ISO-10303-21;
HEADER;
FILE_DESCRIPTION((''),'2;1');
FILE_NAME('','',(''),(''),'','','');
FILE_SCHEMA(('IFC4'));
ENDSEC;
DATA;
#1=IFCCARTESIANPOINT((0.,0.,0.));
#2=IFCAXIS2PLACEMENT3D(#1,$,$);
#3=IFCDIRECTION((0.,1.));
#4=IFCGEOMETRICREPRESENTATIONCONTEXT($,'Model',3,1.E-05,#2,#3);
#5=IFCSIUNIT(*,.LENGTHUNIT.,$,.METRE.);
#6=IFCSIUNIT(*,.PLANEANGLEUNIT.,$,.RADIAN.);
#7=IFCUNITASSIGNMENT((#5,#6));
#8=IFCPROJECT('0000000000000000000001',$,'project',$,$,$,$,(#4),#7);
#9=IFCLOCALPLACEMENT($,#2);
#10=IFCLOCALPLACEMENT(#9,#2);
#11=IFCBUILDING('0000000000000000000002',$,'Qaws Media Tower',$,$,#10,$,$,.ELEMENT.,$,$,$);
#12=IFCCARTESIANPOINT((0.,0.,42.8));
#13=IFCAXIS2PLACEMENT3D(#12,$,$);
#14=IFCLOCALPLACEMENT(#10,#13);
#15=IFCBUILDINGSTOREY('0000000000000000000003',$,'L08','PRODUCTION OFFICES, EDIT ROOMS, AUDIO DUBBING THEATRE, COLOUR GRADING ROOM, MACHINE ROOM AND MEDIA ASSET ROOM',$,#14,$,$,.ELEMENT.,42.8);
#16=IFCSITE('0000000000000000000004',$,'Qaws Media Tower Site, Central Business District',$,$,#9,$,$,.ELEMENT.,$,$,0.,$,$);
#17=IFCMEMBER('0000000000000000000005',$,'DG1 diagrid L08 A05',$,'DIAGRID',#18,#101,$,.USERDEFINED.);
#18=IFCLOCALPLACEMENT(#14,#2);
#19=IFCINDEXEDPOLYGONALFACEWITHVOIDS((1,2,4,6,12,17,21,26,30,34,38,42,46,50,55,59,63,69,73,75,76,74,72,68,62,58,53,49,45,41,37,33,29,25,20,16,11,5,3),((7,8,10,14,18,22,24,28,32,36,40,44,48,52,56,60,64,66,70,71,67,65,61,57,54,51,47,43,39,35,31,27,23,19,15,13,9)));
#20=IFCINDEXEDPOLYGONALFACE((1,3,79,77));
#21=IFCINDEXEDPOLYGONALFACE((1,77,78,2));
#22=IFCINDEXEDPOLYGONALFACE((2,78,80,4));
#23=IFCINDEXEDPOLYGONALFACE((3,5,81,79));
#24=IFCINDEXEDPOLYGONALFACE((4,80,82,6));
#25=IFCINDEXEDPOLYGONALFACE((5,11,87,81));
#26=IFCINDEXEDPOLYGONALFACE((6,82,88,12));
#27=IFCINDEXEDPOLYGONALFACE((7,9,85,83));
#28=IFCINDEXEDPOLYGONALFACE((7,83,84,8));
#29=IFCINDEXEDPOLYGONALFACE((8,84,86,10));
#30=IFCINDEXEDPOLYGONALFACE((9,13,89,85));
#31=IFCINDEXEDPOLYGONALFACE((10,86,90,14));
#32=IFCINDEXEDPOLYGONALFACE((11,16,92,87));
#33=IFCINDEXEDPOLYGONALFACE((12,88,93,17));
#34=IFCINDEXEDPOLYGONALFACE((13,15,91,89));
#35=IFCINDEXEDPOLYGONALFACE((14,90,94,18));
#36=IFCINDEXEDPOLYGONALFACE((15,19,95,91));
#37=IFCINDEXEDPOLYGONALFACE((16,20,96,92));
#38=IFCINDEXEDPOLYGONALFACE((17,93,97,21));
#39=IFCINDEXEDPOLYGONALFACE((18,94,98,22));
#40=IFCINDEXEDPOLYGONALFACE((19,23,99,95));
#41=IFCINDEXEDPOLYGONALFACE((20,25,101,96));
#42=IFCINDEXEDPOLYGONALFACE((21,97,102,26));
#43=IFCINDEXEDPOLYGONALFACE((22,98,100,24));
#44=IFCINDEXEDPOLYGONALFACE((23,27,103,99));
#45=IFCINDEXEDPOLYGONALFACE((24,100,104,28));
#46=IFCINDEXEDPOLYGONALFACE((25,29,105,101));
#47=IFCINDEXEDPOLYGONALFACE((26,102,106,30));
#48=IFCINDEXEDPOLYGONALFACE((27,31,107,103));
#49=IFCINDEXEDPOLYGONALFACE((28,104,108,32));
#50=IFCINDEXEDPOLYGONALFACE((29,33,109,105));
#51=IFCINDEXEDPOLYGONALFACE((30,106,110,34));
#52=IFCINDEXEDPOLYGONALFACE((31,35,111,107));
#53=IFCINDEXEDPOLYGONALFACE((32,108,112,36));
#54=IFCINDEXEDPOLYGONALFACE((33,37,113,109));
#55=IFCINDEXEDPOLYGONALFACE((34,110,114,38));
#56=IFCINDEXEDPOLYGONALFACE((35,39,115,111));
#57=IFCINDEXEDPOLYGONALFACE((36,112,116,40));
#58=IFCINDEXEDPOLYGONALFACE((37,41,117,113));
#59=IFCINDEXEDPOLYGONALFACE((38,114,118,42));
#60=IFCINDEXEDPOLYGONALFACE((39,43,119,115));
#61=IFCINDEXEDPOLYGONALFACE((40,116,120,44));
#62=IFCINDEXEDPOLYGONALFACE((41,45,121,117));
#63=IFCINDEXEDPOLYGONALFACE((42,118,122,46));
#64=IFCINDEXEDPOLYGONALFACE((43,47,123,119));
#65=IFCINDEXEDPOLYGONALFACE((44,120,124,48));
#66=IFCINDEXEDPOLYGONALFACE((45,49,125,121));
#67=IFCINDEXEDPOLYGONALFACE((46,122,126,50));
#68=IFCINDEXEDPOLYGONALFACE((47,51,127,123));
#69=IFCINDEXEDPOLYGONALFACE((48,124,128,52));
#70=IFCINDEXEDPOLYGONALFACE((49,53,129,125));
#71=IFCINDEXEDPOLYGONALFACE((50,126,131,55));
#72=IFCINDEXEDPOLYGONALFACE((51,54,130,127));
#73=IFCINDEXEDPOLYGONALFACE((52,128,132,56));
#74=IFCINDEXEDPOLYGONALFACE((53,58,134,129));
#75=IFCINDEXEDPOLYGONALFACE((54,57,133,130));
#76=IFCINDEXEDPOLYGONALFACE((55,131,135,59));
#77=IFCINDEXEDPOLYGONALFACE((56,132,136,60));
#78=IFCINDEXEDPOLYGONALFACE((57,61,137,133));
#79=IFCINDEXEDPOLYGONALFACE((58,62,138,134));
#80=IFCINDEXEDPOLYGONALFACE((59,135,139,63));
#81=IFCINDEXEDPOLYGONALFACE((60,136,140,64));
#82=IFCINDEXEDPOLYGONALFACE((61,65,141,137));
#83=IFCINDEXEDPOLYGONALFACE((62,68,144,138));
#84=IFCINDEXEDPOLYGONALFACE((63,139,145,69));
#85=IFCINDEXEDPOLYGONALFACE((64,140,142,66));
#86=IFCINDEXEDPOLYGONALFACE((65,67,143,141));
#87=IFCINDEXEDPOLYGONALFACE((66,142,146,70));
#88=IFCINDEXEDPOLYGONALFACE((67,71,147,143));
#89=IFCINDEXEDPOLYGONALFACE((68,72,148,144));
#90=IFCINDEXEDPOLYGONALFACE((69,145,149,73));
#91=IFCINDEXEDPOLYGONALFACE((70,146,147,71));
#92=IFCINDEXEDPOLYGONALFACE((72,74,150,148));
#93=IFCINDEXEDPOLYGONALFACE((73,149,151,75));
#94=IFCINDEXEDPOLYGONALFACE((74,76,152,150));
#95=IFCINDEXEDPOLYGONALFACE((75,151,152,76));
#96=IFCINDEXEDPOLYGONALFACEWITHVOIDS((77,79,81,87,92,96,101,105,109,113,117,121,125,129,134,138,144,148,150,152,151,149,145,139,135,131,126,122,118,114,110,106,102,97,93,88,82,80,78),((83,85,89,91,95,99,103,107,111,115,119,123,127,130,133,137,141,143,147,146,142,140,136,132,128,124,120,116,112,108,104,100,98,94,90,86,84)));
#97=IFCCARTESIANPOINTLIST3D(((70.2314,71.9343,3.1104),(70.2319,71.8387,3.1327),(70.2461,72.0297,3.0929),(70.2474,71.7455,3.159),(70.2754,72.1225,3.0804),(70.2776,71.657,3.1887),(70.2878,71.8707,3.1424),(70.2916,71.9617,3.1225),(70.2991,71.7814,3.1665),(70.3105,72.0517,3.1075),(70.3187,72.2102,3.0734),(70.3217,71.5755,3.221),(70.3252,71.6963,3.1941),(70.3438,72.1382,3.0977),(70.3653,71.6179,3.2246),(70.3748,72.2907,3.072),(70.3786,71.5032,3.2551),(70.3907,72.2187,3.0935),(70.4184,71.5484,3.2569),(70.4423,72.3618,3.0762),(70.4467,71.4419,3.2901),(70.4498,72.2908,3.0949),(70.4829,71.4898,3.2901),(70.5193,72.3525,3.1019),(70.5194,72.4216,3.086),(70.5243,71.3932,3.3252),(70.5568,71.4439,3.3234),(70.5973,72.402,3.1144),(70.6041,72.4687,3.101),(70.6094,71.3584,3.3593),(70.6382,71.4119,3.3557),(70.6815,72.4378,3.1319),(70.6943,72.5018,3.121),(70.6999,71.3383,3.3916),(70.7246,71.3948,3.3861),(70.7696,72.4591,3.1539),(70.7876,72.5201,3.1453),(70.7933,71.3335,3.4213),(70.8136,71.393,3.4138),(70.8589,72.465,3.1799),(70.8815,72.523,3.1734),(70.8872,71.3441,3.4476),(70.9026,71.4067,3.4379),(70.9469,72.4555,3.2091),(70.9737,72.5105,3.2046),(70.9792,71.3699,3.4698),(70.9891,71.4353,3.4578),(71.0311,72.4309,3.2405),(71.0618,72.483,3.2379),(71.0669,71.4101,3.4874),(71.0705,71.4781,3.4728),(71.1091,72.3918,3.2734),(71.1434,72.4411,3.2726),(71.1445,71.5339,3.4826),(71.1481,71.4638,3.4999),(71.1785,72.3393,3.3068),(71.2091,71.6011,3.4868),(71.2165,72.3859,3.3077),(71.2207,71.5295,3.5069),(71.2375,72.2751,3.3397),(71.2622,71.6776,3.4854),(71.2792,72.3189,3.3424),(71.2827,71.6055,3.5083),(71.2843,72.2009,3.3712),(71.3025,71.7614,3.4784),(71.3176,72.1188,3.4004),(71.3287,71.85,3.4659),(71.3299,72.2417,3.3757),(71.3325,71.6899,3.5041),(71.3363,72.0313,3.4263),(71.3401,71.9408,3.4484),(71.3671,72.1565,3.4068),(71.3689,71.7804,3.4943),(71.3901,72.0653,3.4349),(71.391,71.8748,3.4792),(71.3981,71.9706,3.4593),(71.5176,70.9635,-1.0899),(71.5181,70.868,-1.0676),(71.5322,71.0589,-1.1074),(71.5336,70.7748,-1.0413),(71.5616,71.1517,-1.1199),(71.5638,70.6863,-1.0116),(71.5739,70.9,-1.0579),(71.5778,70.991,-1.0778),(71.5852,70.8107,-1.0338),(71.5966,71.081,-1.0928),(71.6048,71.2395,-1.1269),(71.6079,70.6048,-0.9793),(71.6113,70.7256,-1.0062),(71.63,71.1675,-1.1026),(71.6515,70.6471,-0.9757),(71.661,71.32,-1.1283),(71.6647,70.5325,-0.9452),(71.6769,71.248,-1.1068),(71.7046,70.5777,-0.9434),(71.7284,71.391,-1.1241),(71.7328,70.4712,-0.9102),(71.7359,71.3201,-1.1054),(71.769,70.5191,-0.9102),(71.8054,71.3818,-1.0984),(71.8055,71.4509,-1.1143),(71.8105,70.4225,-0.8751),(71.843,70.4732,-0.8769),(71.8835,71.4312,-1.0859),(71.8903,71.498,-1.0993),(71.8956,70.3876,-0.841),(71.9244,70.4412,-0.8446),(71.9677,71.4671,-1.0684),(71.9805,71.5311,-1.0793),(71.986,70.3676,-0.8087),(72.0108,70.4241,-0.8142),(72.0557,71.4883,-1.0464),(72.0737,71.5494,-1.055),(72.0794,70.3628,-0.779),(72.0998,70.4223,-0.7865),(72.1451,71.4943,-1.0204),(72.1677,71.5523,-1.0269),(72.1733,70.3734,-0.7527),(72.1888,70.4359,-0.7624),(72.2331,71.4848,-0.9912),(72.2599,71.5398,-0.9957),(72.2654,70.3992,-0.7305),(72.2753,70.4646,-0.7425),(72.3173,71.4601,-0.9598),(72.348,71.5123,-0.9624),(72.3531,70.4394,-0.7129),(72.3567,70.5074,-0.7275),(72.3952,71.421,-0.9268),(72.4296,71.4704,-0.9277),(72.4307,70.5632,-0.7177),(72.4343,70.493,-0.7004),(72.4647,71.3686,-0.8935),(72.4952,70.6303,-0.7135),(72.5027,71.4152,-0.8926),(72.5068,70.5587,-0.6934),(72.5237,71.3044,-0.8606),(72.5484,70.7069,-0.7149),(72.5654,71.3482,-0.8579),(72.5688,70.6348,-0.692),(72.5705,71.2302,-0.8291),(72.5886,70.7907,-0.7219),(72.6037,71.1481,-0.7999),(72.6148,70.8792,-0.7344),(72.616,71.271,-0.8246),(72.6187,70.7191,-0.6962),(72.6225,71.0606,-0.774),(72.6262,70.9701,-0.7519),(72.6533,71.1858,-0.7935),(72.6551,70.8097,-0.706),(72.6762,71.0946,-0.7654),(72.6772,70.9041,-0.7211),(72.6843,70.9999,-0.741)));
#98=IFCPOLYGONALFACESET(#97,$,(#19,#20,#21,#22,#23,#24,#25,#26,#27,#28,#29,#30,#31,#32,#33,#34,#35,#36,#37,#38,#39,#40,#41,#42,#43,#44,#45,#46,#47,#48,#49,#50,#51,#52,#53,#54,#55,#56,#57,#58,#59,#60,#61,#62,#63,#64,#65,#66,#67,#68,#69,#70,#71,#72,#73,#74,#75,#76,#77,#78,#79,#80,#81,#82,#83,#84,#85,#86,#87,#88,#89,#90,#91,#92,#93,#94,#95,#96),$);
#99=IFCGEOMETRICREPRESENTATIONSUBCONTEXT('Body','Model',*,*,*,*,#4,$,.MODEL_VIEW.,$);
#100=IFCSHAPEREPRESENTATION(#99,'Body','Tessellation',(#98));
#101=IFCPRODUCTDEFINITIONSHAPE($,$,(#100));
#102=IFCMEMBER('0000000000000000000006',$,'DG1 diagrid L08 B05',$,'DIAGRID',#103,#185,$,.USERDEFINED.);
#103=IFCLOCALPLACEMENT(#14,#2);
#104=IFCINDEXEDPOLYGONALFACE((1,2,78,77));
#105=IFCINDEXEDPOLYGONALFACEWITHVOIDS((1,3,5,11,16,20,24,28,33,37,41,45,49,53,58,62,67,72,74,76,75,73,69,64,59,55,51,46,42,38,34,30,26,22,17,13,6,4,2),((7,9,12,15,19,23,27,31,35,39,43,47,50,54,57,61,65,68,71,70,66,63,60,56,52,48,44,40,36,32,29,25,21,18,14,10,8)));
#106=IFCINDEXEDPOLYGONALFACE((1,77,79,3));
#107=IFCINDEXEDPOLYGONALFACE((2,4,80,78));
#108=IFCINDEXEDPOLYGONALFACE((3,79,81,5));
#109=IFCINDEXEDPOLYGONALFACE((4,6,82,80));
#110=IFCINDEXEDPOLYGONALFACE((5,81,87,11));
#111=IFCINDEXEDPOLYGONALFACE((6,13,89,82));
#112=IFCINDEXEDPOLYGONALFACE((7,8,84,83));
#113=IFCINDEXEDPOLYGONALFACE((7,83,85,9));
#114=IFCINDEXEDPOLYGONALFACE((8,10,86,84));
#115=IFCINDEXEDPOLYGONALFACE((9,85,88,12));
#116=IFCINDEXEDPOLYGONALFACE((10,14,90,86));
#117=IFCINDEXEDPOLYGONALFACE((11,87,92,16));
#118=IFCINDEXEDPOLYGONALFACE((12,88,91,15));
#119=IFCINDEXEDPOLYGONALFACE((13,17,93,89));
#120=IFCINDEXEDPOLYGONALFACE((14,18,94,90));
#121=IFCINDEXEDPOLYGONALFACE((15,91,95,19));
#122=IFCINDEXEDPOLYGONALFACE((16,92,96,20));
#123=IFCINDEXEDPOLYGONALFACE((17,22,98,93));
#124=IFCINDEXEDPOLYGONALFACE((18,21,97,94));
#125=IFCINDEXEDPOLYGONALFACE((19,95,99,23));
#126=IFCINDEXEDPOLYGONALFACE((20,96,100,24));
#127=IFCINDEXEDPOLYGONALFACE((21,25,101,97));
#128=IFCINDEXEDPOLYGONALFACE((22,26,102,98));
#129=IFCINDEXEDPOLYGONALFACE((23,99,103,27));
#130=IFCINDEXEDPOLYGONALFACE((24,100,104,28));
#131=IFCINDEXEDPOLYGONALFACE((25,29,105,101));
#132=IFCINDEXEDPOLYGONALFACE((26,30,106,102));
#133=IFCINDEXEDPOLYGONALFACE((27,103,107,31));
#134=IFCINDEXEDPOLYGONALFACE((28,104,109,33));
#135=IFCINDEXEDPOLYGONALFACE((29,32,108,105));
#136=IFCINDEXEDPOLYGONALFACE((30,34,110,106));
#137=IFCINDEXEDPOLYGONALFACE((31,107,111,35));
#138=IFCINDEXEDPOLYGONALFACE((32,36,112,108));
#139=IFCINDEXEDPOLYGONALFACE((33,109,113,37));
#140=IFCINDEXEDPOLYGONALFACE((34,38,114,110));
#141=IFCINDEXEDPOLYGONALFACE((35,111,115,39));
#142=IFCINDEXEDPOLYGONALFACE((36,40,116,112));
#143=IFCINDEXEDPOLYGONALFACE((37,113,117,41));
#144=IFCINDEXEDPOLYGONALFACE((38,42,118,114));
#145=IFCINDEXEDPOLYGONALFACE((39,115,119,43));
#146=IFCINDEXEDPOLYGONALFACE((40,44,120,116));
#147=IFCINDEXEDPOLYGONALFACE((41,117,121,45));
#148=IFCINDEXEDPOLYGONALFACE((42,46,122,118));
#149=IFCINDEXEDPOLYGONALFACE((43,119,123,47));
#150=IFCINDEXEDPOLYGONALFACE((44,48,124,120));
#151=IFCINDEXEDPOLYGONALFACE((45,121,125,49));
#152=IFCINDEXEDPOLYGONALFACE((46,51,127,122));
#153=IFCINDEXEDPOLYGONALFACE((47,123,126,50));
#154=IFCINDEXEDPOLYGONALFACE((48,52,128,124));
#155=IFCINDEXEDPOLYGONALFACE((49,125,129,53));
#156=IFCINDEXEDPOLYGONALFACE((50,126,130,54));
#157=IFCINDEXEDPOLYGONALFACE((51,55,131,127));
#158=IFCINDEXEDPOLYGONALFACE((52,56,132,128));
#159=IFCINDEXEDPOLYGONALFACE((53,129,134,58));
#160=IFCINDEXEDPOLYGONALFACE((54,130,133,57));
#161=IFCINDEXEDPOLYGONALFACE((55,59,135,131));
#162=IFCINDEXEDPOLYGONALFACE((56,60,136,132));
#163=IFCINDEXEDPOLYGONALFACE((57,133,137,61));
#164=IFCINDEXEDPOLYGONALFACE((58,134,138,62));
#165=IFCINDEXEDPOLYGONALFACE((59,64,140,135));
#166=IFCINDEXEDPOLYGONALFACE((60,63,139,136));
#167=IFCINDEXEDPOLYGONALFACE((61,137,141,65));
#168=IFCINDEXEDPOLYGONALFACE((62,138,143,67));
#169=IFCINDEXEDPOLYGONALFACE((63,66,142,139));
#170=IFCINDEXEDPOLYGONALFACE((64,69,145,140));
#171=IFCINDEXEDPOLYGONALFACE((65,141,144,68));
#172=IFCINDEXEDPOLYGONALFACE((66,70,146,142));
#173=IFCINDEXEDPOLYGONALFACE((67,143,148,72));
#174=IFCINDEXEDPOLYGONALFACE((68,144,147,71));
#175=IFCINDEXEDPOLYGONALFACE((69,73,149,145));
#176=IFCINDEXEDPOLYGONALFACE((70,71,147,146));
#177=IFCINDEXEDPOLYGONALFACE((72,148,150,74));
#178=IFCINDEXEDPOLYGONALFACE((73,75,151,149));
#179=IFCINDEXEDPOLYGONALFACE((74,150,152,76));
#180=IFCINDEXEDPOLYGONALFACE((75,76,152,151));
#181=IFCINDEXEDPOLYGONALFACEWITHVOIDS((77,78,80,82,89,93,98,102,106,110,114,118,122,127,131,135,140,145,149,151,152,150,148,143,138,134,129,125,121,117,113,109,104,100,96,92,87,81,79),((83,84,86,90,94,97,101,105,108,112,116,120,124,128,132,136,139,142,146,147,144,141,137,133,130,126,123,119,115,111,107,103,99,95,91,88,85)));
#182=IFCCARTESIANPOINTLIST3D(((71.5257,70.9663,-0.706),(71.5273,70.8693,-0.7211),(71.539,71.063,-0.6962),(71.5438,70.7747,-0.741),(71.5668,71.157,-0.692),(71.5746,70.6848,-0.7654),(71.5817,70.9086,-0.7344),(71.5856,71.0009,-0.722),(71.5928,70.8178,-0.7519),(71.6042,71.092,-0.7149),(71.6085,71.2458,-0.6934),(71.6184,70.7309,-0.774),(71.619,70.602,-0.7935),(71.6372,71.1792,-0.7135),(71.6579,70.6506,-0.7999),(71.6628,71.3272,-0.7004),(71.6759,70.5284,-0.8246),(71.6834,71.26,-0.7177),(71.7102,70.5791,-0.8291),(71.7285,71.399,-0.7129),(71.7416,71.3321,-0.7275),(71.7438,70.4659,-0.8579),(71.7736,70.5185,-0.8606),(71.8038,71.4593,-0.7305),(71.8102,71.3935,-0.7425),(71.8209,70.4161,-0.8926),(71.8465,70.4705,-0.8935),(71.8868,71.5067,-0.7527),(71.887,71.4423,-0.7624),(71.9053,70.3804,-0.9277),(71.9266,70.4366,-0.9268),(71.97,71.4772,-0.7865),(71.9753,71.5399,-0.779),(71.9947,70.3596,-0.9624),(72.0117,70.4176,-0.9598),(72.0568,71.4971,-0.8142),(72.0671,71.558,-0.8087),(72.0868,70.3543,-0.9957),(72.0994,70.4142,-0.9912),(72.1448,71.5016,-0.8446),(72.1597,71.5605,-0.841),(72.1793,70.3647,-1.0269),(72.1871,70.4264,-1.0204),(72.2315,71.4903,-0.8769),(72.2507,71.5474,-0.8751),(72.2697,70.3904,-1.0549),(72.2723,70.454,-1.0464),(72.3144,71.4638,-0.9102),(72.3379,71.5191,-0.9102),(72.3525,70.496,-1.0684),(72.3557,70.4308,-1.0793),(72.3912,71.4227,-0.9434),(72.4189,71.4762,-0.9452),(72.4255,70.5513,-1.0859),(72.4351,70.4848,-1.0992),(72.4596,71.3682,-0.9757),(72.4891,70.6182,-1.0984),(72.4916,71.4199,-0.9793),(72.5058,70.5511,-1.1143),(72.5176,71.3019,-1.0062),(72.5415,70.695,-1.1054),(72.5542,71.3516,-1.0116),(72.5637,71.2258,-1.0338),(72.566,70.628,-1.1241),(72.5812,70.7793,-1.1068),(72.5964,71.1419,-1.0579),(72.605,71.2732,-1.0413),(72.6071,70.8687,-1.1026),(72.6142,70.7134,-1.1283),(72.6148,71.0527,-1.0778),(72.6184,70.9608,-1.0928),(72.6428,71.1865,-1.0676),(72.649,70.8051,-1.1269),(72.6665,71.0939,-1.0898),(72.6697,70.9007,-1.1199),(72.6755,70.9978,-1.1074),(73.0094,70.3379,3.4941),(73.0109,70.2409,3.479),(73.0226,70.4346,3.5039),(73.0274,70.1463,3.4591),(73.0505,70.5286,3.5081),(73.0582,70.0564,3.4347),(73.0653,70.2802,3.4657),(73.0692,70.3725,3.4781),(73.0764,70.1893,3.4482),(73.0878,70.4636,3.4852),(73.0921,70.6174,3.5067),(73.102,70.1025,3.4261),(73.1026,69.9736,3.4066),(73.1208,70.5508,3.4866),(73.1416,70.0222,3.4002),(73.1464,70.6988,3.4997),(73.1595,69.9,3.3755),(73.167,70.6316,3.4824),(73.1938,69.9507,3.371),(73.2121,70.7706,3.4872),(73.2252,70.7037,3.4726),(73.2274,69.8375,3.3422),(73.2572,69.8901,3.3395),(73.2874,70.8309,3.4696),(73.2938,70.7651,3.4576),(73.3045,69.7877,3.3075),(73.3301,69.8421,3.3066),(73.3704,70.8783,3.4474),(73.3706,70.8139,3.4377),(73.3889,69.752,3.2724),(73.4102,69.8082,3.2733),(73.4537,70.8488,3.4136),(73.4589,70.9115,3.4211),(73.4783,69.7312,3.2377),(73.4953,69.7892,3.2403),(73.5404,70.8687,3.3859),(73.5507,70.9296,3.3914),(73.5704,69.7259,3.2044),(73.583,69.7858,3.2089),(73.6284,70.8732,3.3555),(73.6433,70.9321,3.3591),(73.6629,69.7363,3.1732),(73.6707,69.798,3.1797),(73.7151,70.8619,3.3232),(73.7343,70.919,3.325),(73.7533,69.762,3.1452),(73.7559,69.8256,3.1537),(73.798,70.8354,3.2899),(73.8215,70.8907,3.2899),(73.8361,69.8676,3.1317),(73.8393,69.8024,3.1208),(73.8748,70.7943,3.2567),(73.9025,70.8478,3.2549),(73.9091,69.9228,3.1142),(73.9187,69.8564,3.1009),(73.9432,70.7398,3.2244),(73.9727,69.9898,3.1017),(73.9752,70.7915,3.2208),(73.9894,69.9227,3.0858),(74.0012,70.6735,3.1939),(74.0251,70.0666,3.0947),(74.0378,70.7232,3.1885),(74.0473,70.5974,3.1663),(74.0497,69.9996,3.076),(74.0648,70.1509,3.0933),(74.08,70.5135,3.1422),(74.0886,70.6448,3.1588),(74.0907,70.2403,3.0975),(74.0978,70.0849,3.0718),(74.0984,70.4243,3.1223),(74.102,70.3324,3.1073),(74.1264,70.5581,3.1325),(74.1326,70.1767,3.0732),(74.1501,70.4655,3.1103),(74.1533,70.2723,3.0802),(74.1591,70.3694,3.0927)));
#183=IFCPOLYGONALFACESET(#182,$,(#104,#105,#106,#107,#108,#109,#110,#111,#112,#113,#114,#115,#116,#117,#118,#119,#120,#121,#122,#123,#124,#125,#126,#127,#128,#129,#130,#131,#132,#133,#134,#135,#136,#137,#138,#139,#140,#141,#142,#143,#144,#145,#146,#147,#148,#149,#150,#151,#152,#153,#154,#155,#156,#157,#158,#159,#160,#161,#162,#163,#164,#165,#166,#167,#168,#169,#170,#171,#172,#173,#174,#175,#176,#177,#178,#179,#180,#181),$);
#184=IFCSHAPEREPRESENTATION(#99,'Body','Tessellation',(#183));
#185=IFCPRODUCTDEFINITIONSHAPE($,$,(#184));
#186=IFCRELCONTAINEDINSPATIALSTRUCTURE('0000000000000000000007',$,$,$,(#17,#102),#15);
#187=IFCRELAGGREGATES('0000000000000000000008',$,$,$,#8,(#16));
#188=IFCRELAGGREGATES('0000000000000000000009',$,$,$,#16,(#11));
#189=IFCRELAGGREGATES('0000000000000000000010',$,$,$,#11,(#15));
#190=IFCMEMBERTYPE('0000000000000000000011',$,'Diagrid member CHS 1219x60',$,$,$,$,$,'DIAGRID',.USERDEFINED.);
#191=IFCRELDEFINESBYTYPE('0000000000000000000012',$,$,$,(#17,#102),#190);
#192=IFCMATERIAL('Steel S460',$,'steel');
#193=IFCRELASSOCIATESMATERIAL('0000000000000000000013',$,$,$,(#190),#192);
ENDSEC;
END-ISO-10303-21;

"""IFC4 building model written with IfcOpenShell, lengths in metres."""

from ifc_helpers import new_model, si_unit, direction, frame, origin, origin_2d, place, context, subcontext, project, spatial, hollow_circle, extrude, material, material_profile, profile_set, type_object, element, save


model = new_model("IFC4")

# Units and contexts
model_context = context("Model", 3, precision=1e-05, world=origin(), true_north=direction((0.0, 1.0)))
body_context = subcontext(model_context, "Body", "Model", "MODEL_VIEW")
ifc_project = project(units=[si_unit("LENGTHUNIT", "METRE"), si_unit("PLANEANGLEUNIT", "RADIAN")], contexts=[model_context])

# Site, building, storey
site_placement = place(None, origin())
site = spatial("IfcSite", under=ifc_project, at=site_placement, Name="Qaws Media Tower Site, Central Business District", CompositionType="ELEMENT", RefElevation=0.0)
building_placement = place(site_placement, origin())
building = spatial("IfcBuilding", under=site, at=building_placement, Name="Qaws Media Tower", CompositionType="ELEMENT")
storey_placement = place(building_placement, frame((0.0, 0.0, 42.8)))
storey = spatial("IfcBuildingStorey", under=building, at=storey_placement, Name="L08", Description="PRODUCTION OFFICES, EDIT ROOMS, AUDIO DUBBING THEATRE, COLOUR GRADING ROOM, MACHINE ROOM AND MEDIA ASSET ROOM", CompositionType="ELEMENT", Elevation=42.8)

# Members
ifc_material_1 = material(Name="Steel S460", Category="steel")
ifc_material_profile_1 = material_profile(ifc_material_1, hollow_circle(Radius=0.6096, WallThickness=0.0601, at=origin_2d()), Name="CHS 1219x60")
ifc_profile_set_1 = profile_set([ifc_material_profile_1], Name="Steel S460")
member_type_1 = type_object("IfcMemberType", Name="Diagrid member CHS 1219x60", ElementType="DIAGRID", PredefinedType="USERDEFINED", material=ifc_profile_set_1)
member_1_placement = place(storey_placement, frame((72.1001, 70.9578, -0.9102), z_axis=(-0.285892, 0.215776, 0.933652), x_axis=(-0.602421, -0.798178, 0.0)))
element("IfcMember", 1, at=member_1_placement, inside=storey, type_object=member_type_1, Name="DG1 diagrid L08 A05", ObjectType="DIAGRID", PredefinedType="USERDEFINED", context=body_context, shape_type="SweptSolid", body=[
    extrude(hollow_circle(Radius=0.6096, WallThickness=0.0601, at=origin_2d()), origin(), (0.0, 0.0, 1.0), 4.4988),
])
member_2_placement = place(storey_placement, frame((72.1001, 70.9578, -0.9102), z_axis=(0.329798, -0.139691, 0.933659), x_axis=(0.390021, 0.920806, 0.0)))
element("IfcMember", 2, at=member_2_placement, inside=storey, type_object=member_type_1, Name="DG1 diagrid L08 B05", ObjectType="DIAGRID", PredefinedType="USERDEFINED", context=body_context, shape_type="SweptSolid", body=[
    extrude(hollow_circle(Radius=0.6096, WallThickness=0.0601, at=origin_2d()), origin(), (0.0, 0.0, 1.0), 4.4985),
])

save(model, "model.ifc")
